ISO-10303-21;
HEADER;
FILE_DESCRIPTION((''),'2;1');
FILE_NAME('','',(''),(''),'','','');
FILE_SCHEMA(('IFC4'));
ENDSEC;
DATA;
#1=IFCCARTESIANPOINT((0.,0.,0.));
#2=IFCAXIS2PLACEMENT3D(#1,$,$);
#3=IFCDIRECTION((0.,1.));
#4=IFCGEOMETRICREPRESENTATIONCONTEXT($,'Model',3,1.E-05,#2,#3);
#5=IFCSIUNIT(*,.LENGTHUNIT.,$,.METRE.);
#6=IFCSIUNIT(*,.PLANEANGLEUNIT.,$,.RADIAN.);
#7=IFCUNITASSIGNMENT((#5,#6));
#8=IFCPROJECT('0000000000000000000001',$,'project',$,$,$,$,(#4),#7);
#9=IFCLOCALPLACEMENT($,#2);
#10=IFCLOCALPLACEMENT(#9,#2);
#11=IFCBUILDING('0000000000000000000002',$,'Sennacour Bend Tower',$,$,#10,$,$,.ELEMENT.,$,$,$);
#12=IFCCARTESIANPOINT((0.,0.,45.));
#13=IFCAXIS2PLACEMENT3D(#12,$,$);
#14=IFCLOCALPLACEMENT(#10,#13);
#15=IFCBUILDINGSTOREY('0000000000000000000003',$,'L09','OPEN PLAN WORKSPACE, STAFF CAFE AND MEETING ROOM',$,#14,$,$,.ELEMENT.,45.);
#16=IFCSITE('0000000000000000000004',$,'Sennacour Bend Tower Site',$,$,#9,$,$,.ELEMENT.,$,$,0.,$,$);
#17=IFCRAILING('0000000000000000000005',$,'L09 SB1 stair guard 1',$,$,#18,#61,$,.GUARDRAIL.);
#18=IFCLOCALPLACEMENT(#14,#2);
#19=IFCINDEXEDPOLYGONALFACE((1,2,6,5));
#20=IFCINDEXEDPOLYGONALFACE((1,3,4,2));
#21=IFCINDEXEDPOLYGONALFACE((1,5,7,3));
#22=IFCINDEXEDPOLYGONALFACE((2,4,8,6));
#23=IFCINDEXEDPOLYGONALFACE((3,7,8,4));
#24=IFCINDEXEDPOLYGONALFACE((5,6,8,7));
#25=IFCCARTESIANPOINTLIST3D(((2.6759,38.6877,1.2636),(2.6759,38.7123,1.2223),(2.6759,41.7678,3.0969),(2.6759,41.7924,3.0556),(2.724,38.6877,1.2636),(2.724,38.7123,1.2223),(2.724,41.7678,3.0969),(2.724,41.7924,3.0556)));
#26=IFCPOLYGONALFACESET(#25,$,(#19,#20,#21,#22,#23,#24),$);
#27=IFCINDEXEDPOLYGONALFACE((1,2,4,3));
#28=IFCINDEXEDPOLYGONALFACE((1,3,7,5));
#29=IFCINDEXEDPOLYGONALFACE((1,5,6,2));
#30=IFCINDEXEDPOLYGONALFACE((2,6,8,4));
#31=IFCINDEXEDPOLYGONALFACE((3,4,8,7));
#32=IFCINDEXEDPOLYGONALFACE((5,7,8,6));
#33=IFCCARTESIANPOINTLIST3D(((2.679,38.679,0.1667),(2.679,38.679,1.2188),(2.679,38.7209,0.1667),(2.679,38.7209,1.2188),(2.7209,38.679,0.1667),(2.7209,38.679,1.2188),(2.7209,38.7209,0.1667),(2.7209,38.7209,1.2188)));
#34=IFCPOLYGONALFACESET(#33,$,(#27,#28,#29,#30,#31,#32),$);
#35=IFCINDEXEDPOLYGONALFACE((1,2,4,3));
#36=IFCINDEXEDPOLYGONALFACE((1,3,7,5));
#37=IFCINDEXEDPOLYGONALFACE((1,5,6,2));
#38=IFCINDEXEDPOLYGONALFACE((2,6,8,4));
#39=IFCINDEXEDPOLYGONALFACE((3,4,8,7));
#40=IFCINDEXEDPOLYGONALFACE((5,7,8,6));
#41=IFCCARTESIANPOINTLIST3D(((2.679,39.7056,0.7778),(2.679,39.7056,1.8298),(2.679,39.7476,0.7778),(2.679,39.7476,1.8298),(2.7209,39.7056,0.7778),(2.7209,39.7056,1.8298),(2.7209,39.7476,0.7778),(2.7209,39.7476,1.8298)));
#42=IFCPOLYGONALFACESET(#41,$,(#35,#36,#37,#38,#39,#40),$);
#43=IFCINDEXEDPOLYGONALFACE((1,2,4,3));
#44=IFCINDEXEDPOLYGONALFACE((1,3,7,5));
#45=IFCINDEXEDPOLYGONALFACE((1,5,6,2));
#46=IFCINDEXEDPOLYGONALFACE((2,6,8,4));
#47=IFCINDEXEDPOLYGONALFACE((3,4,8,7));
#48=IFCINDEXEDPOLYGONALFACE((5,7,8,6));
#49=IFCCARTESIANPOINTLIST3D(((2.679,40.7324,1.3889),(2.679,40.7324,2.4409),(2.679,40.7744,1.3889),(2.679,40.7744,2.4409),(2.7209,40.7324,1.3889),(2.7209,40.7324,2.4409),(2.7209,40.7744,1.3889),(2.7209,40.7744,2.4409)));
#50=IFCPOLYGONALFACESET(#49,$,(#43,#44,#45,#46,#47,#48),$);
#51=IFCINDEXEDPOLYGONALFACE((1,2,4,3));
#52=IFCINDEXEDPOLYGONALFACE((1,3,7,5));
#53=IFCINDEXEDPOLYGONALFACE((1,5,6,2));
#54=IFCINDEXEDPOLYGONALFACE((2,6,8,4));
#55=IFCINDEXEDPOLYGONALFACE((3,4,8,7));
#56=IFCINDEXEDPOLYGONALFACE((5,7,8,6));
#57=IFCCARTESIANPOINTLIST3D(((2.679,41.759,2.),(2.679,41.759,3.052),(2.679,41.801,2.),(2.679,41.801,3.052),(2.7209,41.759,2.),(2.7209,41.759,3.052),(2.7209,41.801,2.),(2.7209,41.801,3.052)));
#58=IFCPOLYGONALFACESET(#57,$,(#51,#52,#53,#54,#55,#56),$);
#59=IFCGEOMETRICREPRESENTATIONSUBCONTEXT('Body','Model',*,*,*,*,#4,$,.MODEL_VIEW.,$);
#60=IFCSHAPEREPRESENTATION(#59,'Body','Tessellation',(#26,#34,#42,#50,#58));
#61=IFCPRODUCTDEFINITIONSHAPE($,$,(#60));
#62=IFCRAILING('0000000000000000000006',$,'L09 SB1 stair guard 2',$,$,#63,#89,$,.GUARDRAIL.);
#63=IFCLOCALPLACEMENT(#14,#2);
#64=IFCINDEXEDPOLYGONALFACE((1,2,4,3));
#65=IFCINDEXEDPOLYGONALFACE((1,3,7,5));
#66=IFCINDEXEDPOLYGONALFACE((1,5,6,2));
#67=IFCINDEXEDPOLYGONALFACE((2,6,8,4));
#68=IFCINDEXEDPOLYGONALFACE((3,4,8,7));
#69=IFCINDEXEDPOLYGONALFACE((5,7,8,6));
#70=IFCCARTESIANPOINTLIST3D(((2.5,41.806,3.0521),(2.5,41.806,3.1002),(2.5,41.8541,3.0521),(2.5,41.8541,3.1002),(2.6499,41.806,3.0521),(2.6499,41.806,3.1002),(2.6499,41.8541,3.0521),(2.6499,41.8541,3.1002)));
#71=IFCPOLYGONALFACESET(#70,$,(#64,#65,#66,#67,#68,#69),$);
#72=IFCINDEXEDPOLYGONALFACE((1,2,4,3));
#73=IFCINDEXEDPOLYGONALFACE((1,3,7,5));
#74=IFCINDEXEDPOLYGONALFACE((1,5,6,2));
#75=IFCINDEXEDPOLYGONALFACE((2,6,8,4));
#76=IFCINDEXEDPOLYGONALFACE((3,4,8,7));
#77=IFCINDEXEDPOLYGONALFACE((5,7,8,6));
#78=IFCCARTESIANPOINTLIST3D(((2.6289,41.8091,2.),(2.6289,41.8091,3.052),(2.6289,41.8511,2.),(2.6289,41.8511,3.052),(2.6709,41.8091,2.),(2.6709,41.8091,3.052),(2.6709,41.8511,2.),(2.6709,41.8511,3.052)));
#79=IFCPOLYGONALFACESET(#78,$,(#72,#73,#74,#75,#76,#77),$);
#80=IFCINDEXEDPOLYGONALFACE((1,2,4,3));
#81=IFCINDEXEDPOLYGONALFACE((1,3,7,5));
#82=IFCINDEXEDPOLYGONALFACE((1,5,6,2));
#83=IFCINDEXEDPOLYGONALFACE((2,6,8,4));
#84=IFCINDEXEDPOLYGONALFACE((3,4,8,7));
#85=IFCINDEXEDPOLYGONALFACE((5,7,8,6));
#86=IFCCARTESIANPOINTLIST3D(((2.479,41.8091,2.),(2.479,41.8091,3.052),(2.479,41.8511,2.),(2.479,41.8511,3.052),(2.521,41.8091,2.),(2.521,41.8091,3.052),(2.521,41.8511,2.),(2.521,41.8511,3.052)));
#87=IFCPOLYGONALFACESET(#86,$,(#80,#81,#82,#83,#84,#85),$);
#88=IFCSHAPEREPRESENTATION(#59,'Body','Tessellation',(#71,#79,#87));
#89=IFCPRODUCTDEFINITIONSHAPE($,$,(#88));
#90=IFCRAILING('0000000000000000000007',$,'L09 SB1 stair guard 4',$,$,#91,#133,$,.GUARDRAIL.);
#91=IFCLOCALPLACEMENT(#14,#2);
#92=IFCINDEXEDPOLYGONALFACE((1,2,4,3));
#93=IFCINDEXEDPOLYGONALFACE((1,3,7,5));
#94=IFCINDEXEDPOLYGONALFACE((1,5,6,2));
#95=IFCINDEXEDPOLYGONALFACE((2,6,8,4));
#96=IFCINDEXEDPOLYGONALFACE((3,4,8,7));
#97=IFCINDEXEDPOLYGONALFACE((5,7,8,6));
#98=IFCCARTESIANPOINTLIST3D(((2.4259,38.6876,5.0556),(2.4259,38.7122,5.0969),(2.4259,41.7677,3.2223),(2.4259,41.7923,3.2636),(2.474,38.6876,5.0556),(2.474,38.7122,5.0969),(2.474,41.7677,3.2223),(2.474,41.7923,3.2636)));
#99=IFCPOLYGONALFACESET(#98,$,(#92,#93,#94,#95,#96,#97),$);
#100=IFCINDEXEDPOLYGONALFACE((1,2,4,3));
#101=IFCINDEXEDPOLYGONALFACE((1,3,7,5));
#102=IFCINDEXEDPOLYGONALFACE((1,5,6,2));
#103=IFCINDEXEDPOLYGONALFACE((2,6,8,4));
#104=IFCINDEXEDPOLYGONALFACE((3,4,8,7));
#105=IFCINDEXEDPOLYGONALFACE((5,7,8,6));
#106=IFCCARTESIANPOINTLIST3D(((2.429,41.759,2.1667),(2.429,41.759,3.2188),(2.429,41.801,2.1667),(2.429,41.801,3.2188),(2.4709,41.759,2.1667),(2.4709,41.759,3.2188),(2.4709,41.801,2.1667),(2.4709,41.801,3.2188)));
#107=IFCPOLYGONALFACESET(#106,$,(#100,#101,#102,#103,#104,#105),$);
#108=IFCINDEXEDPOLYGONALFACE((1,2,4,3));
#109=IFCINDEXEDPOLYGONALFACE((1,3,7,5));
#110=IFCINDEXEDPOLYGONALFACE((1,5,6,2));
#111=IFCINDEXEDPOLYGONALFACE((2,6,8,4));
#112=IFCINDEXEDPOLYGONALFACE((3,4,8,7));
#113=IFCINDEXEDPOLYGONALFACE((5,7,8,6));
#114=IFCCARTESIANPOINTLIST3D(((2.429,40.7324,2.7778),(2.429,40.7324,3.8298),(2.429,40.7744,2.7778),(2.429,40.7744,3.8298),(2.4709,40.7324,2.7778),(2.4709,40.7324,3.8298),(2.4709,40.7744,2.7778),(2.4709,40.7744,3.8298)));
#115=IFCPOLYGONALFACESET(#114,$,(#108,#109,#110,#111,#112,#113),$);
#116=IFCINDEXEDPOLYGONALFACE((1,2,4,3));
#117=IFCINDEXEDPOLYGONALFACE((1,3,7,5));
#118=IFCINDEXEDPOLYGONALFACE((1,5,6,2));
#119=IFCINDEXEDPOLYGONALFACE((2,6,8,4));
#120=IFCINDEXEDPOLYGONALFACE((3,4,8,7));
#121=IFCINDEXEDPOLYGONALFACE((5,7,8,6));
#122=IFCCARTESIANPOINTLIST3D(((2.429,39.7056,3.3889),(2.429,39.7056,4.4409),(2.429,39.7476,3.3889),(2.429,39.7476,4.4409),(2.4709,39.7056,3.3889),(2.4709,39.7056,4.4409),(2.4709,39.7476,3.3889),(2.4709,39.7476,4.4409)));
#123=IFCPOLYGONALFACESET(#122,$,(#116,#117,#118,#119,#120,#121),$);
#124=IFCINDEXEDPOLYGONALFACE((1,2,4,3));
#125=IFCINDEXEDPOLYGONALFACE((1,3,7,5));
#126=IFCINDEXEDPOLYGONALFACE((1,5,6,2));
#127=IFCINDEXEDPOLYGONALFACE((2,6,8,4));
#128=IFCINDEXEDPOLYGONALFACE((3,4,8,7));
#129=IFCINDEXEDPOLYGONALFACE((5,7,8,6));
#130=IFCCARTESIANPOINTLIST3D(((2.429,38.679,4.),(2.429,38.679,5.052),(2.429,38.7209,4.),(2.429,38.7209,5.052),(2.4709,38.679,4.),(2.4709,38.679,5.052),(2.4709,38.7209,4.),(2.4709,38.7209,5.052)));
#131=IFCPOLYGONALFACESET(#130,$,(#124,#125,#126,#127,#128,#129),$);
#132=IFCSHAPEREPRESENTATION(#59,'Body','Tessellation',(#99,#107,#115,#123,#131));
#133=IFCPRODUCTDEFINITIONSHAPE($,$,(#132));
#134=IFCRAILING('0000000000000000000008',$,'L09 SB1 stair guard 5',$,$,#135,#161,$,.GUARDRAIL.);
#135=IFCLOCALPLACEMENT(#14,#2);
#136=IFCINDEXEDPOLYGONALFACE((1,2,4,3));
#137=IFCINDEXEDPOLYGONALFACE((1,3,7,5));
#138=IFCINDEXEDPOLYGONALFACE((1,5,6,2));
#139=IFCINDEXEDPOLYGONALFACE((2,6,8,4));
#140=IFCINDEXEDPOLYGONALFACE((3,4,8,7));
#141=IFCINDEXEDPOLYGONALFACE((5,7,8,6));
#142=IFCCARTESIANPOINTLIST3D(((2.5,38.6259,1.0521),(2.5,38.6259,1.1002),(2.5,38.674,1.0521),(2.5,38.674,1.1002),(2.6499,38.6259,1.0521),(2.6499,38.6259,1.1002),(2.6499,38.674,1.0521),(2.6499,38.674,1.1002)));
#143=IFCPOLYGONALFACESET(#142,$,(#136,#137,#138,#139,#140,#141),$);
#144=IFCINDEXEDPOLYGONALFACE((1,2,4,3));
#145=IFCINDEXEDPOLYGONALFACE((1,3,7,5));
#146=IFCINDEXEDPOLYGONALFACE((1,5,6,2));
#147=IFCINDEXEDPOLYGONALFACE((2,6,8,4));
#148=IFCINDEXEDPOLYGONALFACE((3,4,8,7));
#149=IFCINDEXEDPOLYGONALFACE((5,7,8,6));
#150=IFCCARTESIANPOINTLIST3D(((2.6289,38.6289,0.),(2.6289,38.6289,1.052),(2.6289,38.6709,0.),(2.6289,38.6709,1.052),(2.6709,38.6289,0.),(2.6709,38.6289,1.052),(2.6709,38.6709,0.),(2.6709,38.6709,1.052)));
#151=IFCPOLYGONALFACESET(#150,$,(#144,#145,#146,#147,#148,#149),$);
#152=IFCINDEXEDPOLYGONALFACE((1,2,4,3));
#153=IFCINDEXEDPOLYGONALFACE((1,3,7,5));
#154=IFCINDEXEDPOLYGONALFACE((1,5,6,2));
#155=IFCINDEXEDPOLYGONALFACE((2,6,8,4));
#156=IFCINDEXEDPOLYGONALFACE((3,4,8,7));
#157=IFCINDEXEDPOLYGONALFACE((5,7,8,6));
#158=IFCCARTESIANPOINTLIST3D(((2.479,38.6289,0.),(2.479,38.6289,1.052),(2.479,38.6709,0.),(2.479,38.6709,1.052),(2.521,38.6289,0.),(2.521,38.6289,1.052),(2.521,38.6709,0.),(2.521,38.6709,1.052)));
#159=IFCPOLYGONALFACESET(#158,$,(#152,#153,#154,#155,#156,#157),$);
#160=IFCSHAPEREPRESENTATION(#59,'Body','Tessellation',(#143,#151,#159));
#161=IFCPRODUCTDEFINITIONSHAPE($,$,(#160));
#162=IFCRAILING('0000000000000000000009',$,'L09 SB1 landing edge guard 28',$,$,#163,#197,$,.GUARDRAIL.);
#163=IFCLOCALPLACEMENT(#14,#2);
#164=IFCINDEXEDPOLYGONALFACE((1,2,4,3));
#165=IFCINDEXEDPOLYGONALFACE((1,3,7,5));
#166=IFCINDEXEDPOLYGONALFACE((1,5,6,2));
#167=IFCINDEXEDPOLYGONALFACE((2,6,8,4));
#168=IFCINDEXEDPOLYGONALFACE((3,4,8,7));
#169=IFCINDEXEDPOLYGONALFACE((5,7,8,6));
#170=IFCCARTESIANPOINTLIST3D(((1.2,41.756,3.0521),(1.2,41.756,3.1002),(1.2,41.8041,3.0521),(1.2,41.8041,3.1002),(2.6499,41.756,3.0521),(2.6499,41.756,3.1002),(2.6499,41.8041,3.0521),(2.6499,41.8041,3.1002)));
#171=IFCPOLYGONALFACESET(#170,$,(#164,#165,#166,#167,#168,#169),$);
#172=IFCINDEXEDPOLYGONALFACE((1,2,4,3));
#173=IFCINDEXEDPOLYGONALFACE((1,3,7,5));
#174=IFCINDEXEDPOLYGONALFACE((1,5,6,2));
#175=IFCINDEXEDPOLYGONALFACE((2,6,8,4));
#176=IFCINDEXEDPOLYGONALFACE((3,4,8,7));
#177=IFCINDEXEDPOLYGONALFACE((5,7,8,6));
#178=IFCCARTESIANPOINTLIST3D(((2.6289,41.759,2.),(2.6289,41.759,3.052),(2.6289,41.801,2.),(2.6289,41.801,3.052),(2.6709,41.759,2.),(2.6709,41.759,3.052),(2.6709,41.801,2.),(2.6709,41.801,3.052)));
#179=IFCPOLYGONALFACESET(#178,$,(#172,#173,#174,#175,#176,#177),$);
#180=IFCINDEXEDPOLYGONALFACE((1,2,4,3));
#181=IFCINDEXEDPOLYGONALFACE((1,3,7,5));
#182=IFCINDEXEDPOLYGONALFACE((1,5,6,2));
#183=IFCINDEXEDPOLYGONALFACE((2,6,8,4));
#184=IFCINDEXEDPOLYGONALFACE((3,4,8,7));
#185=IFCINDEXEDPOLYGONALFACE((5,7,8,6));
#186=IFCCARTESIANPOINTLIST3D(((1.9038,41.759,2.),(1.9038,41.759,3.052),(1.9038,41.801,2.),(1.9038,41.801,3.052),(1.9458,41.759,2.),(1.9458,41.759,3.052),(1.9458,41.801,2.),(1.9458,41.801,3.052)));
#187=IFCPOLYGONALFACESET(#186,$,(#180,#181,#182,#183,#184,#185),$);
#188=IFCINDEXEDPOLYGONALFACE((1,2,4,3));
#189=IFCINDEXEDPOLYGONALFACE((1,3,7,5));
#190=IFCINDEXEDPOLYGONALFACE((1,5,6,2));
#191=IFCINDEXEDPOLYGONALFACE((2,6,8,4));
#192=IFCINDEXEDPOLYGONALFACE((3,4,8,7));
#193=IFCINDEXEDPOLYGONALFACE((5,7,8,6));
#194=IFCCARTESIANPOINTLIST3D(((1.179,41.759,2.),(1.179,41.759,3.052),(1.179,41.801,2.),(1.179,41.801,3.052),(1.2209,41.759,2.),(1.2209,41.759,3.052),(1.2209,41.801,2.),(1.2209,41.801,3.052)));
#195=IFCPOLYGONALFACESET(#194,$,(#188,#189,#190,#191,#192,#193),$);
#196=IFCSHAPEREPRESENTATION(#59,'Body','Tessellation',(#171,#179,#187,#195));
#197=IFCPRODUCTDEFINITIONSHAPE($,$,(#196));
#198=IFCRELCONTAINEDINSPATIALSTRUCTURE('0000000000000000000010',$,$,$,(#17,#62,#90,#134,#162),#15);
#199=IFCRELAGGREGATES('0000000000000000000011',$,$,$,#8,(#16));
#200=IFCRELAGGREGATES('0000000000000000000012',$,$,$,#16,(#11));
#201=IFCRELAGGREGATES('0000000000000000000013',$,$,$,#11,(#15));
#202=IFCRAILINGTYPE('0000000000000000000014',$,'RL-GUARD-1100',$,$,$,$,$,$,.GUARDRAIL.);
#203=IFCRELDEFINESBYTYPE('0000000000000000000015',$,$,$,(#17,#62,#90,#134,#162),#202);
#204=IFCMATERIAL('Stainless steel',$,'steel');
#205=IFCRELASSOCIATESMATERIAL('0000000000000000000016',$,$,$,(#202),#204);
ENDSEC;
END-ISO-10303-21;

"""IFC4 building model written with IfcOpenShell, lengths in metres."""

from ifc_helpers import new_model, si_unit, direction, frame, origin, origin_2d, place, context, subcontext, project, spatial, rectangle, extrude, material, type_object, element, save


model = new_model("IFC4")

# Units and contexts
model_context = context("Model", 3, precision=1e-05, world=origin(), true_north=direction((0.0, 1.0)))
body_context = subcontext(model_context, "Body", "Model", "MODEL_VIEW")
ifc_project = project(units=[si_unit("LENGTHUNIT", "METRE"), si_unit("PLANEANGLEUNIT", "RADIAN")], contexts=[model_context])

# Site, building, storey
site_placement = place(None, origin())
site = spatial("IfcSite", under=ifc_project, at=site_placement, Name="Sennacour Bend Tower Site", CompositionType="ELEMENT", RefElevation=0.0)
building_placement = place(site_placement, origin())
building = spatial("IfcBuilding", under=site, at=building_placement, Name="Sennacour Bend Tower", CompositionType="ELEMENT")
storey_placement = place(building_placement, frame((0.0, 0.0, 45.0)))
storey = spatial("IfcBuildingStorey", under=building, at=storey_placement, Name="L09", Description="OPEN PLAN WORKSPACE, STAFF CAFE AND MEETING ROOM", CompositionType="ELEMENT", Elevation=45.0)

# Railings
ifc_material_1 = material(Name="Stainless steel", Category="steel")
railing_type_1 = type_object("IfcRailingType", Name="RL-GUARD-1100", PredefinedType="GUARDRAIL", material=ifc_material_1)
railing_1_placement = place(storey_placement, frame((2.7, 38.7, 0.1667)))
element("IfcRailing", 1, at=railing_1_placement, inside=storey, type_object=railing_type_1, Name="L09 SB1 stair guard 1", PredefinedType="GUARDRAIL", context=body_context, shape_type="SweptSolid", body=[
    extrude(rectangle(XDim=0.0481, YDim=0.0481, at=origin_2d()), frame((0.0, 0.0, 1.0762), z_axis=(0.0, 0.859309, 0.511458), x_axis=(-1.0, 0.0, 0.0)), (0.0, 0.0, 1.0), 3.5845),
    extrude(rectangle(XDim=0.042, YDim=0.042, at=origin_2d()), origin(), (0.0, 0.0, 1.0), 1.052),
    extrude(rectangle(XDim=0.042, YDim=0.042, at=origin_2d()), frame((0.0, 1.0266, 0.6111)), (0.0, 0.0, 1.0), 1.052),
    extrude(rectangle(XDim=0.042, YDim=0.042, at=origin_2d()), frame((0.0, 2.0535, 1.2222)), (0.0, 0.0, 1.0), 1.052),
    extrude(rectangle(XDim=0.042, YDim=0.042, at=origin_2d()), frame((0.0, 3.0801, 1.8333)), (0.0, 0.0, 1.0), 1.052),
])
railing_2_placement = place(storey_placement, frame((2.6499, 41.8301, 2.0)))
element("IfcRailing", 2, at=railing_2_placement, inside=storey, type_object=railing_type_1, Name="L09 SB1 stair guard 2", PredefinedType="GUARDRAIL", context=body_context, shape_type="SweptSolid", body=[
    extrude(rectangle(XDim=0.0481, YDim=0.0481, at=origin_2d()), frame((0.0, 0.0, 1.0762), z_axis=(-1.0, 0.0, 0.0), x_axis=(0.0, -1.0, 0.0)), (0.0, 0.0, 1.0), 0.1499),
    extrude(rectangle(XDim=0.042, YDim=0.042, at=origin_2d()), origin(), (0.0, 0.0, 1.0), 1.052),
    extrude(rectangle(XDim=0.042, YDim=0.042, at=origin_2d()), frame((-0.1499, 0.0, 0.0)), (0.0, 0.0, 1.0), 1.052),
])
railing_3_placement = place(storey_placement, frame((2.45, 41.78, 2.1667)))
element("IfcRailing", 3, at=railing_3_placement, inside=storey, type_object=railing_type_1, Name="L09 SB1 stair guard 4", PredefinedType="GUARDRAIL", context=body_context, shape_type="SweptSolid", body=[
    extrude(rectangle(XDim=0.0481, YDim=0.0481, at=origin_2d()), frame((0.0, 0.0, 1.0762), z_axis=(0.0, -0.859309, 0.511458), x_axis=(1.0, 0.0, 0.0)), (0.0, 0.0, 1.0), 3.5845),
    extrude(rectangle(XDim=0.042, YDim=0.042, at=origin_2d()), origin(), (0.0, 0.0, 1.0), 1.052),
    extrude(rectangle(XDim=0.042, YDim=0.042, at=origin_2d()), frame((0.0, -1.0266, 0.6111)), (0.0, 0.0, 1.0), 1.052),
    extrude(rectangle(XDim=0.042, YDim=0.042, at=origin_2d()), frame((0.0, -2.0535, 1.2222)), (0.0, 0.0, 1.0), 1.052),
    extrude(rectangle(XDim=0.042, YDim=0.042, at=origin_2d()), frame((0.0, -3.0801, 1.8333)), (0.0, 0.0, 1.0), 1.052),
])
railing_4_placement = place(storey_placement, frame((2.6499, 38.6499, 0.0)))
element("IfcRailing", 4, at=railing_4_placement, inside=storey, type_object=railing_type_1, Name="L09 SB1 stair guard 5", PredefinedType="GUARDRAIL", context=body_context, shape_type="SweptSolid", body=[
    extrude(rectangle(XDim=0.0481, YDim=0.0481, at=origin_2d()), frame((0.0, 0.0, 1.0762), z_axis=(-1.0, 0.0, 0.0), x_axis=(0.0, -1.0, 0.0)), (0.0, 0.0, 1.0), 0.1499),
    extrude(rectangle(XDim=0.042, YDim=0.042, at=origin_2d()), origin(), (0.0, 0.0, 1.0), 1.052),
    extrude(rectangle(XDim=0.042, YDim=0.042, at=origin_2d()), frame((-0.1499, 0.0, 0.0)), (0.0, 0.0, 1.0), 1.052),
])
railing_5_placement = place(storey_placement, frame((2.6499, 41.78, 2.0)))
element("IfcRailing", 5, at=railing_5_placement, inside=storey, type_object=railing_type_1, Name="L09 SB1 landing edge guard 28", PredefinedType="GUARDRAIL", context=body_context, shape_type="SweptSolid", body=[
    extrude(rectangle(XDim=0.0481, YDim=0.0481, at=origin_2d()), frame((0.0, 0.0, 1.0762), z_axis=(-1.0, 0.0, 0.0), x_axis=(0.0, -1.0, 0.0)), (0.0, 0.0, 1.0), 1.45),
    extrude(rectangle(XDim=0.042, YDim=0.042, at=origin_2d()), origin(), (0.0, 0.0, 1.0), 1.052),
    extrude(rectangle(XDim=0.042, YDim=0.042, at=origin_2d()), frame((-0.7251, 0.0, 0.0)), (0.0, 0.0, 1.0), 1.052),
    extrude(rectangle(XDim=0.042, YDim=0.042, at=origin_2d()), frame((-1.45, 0.0, 0.0)), (0.0, 0.0, 1.0), 1.052),
])

save(model, "model.ifc")
